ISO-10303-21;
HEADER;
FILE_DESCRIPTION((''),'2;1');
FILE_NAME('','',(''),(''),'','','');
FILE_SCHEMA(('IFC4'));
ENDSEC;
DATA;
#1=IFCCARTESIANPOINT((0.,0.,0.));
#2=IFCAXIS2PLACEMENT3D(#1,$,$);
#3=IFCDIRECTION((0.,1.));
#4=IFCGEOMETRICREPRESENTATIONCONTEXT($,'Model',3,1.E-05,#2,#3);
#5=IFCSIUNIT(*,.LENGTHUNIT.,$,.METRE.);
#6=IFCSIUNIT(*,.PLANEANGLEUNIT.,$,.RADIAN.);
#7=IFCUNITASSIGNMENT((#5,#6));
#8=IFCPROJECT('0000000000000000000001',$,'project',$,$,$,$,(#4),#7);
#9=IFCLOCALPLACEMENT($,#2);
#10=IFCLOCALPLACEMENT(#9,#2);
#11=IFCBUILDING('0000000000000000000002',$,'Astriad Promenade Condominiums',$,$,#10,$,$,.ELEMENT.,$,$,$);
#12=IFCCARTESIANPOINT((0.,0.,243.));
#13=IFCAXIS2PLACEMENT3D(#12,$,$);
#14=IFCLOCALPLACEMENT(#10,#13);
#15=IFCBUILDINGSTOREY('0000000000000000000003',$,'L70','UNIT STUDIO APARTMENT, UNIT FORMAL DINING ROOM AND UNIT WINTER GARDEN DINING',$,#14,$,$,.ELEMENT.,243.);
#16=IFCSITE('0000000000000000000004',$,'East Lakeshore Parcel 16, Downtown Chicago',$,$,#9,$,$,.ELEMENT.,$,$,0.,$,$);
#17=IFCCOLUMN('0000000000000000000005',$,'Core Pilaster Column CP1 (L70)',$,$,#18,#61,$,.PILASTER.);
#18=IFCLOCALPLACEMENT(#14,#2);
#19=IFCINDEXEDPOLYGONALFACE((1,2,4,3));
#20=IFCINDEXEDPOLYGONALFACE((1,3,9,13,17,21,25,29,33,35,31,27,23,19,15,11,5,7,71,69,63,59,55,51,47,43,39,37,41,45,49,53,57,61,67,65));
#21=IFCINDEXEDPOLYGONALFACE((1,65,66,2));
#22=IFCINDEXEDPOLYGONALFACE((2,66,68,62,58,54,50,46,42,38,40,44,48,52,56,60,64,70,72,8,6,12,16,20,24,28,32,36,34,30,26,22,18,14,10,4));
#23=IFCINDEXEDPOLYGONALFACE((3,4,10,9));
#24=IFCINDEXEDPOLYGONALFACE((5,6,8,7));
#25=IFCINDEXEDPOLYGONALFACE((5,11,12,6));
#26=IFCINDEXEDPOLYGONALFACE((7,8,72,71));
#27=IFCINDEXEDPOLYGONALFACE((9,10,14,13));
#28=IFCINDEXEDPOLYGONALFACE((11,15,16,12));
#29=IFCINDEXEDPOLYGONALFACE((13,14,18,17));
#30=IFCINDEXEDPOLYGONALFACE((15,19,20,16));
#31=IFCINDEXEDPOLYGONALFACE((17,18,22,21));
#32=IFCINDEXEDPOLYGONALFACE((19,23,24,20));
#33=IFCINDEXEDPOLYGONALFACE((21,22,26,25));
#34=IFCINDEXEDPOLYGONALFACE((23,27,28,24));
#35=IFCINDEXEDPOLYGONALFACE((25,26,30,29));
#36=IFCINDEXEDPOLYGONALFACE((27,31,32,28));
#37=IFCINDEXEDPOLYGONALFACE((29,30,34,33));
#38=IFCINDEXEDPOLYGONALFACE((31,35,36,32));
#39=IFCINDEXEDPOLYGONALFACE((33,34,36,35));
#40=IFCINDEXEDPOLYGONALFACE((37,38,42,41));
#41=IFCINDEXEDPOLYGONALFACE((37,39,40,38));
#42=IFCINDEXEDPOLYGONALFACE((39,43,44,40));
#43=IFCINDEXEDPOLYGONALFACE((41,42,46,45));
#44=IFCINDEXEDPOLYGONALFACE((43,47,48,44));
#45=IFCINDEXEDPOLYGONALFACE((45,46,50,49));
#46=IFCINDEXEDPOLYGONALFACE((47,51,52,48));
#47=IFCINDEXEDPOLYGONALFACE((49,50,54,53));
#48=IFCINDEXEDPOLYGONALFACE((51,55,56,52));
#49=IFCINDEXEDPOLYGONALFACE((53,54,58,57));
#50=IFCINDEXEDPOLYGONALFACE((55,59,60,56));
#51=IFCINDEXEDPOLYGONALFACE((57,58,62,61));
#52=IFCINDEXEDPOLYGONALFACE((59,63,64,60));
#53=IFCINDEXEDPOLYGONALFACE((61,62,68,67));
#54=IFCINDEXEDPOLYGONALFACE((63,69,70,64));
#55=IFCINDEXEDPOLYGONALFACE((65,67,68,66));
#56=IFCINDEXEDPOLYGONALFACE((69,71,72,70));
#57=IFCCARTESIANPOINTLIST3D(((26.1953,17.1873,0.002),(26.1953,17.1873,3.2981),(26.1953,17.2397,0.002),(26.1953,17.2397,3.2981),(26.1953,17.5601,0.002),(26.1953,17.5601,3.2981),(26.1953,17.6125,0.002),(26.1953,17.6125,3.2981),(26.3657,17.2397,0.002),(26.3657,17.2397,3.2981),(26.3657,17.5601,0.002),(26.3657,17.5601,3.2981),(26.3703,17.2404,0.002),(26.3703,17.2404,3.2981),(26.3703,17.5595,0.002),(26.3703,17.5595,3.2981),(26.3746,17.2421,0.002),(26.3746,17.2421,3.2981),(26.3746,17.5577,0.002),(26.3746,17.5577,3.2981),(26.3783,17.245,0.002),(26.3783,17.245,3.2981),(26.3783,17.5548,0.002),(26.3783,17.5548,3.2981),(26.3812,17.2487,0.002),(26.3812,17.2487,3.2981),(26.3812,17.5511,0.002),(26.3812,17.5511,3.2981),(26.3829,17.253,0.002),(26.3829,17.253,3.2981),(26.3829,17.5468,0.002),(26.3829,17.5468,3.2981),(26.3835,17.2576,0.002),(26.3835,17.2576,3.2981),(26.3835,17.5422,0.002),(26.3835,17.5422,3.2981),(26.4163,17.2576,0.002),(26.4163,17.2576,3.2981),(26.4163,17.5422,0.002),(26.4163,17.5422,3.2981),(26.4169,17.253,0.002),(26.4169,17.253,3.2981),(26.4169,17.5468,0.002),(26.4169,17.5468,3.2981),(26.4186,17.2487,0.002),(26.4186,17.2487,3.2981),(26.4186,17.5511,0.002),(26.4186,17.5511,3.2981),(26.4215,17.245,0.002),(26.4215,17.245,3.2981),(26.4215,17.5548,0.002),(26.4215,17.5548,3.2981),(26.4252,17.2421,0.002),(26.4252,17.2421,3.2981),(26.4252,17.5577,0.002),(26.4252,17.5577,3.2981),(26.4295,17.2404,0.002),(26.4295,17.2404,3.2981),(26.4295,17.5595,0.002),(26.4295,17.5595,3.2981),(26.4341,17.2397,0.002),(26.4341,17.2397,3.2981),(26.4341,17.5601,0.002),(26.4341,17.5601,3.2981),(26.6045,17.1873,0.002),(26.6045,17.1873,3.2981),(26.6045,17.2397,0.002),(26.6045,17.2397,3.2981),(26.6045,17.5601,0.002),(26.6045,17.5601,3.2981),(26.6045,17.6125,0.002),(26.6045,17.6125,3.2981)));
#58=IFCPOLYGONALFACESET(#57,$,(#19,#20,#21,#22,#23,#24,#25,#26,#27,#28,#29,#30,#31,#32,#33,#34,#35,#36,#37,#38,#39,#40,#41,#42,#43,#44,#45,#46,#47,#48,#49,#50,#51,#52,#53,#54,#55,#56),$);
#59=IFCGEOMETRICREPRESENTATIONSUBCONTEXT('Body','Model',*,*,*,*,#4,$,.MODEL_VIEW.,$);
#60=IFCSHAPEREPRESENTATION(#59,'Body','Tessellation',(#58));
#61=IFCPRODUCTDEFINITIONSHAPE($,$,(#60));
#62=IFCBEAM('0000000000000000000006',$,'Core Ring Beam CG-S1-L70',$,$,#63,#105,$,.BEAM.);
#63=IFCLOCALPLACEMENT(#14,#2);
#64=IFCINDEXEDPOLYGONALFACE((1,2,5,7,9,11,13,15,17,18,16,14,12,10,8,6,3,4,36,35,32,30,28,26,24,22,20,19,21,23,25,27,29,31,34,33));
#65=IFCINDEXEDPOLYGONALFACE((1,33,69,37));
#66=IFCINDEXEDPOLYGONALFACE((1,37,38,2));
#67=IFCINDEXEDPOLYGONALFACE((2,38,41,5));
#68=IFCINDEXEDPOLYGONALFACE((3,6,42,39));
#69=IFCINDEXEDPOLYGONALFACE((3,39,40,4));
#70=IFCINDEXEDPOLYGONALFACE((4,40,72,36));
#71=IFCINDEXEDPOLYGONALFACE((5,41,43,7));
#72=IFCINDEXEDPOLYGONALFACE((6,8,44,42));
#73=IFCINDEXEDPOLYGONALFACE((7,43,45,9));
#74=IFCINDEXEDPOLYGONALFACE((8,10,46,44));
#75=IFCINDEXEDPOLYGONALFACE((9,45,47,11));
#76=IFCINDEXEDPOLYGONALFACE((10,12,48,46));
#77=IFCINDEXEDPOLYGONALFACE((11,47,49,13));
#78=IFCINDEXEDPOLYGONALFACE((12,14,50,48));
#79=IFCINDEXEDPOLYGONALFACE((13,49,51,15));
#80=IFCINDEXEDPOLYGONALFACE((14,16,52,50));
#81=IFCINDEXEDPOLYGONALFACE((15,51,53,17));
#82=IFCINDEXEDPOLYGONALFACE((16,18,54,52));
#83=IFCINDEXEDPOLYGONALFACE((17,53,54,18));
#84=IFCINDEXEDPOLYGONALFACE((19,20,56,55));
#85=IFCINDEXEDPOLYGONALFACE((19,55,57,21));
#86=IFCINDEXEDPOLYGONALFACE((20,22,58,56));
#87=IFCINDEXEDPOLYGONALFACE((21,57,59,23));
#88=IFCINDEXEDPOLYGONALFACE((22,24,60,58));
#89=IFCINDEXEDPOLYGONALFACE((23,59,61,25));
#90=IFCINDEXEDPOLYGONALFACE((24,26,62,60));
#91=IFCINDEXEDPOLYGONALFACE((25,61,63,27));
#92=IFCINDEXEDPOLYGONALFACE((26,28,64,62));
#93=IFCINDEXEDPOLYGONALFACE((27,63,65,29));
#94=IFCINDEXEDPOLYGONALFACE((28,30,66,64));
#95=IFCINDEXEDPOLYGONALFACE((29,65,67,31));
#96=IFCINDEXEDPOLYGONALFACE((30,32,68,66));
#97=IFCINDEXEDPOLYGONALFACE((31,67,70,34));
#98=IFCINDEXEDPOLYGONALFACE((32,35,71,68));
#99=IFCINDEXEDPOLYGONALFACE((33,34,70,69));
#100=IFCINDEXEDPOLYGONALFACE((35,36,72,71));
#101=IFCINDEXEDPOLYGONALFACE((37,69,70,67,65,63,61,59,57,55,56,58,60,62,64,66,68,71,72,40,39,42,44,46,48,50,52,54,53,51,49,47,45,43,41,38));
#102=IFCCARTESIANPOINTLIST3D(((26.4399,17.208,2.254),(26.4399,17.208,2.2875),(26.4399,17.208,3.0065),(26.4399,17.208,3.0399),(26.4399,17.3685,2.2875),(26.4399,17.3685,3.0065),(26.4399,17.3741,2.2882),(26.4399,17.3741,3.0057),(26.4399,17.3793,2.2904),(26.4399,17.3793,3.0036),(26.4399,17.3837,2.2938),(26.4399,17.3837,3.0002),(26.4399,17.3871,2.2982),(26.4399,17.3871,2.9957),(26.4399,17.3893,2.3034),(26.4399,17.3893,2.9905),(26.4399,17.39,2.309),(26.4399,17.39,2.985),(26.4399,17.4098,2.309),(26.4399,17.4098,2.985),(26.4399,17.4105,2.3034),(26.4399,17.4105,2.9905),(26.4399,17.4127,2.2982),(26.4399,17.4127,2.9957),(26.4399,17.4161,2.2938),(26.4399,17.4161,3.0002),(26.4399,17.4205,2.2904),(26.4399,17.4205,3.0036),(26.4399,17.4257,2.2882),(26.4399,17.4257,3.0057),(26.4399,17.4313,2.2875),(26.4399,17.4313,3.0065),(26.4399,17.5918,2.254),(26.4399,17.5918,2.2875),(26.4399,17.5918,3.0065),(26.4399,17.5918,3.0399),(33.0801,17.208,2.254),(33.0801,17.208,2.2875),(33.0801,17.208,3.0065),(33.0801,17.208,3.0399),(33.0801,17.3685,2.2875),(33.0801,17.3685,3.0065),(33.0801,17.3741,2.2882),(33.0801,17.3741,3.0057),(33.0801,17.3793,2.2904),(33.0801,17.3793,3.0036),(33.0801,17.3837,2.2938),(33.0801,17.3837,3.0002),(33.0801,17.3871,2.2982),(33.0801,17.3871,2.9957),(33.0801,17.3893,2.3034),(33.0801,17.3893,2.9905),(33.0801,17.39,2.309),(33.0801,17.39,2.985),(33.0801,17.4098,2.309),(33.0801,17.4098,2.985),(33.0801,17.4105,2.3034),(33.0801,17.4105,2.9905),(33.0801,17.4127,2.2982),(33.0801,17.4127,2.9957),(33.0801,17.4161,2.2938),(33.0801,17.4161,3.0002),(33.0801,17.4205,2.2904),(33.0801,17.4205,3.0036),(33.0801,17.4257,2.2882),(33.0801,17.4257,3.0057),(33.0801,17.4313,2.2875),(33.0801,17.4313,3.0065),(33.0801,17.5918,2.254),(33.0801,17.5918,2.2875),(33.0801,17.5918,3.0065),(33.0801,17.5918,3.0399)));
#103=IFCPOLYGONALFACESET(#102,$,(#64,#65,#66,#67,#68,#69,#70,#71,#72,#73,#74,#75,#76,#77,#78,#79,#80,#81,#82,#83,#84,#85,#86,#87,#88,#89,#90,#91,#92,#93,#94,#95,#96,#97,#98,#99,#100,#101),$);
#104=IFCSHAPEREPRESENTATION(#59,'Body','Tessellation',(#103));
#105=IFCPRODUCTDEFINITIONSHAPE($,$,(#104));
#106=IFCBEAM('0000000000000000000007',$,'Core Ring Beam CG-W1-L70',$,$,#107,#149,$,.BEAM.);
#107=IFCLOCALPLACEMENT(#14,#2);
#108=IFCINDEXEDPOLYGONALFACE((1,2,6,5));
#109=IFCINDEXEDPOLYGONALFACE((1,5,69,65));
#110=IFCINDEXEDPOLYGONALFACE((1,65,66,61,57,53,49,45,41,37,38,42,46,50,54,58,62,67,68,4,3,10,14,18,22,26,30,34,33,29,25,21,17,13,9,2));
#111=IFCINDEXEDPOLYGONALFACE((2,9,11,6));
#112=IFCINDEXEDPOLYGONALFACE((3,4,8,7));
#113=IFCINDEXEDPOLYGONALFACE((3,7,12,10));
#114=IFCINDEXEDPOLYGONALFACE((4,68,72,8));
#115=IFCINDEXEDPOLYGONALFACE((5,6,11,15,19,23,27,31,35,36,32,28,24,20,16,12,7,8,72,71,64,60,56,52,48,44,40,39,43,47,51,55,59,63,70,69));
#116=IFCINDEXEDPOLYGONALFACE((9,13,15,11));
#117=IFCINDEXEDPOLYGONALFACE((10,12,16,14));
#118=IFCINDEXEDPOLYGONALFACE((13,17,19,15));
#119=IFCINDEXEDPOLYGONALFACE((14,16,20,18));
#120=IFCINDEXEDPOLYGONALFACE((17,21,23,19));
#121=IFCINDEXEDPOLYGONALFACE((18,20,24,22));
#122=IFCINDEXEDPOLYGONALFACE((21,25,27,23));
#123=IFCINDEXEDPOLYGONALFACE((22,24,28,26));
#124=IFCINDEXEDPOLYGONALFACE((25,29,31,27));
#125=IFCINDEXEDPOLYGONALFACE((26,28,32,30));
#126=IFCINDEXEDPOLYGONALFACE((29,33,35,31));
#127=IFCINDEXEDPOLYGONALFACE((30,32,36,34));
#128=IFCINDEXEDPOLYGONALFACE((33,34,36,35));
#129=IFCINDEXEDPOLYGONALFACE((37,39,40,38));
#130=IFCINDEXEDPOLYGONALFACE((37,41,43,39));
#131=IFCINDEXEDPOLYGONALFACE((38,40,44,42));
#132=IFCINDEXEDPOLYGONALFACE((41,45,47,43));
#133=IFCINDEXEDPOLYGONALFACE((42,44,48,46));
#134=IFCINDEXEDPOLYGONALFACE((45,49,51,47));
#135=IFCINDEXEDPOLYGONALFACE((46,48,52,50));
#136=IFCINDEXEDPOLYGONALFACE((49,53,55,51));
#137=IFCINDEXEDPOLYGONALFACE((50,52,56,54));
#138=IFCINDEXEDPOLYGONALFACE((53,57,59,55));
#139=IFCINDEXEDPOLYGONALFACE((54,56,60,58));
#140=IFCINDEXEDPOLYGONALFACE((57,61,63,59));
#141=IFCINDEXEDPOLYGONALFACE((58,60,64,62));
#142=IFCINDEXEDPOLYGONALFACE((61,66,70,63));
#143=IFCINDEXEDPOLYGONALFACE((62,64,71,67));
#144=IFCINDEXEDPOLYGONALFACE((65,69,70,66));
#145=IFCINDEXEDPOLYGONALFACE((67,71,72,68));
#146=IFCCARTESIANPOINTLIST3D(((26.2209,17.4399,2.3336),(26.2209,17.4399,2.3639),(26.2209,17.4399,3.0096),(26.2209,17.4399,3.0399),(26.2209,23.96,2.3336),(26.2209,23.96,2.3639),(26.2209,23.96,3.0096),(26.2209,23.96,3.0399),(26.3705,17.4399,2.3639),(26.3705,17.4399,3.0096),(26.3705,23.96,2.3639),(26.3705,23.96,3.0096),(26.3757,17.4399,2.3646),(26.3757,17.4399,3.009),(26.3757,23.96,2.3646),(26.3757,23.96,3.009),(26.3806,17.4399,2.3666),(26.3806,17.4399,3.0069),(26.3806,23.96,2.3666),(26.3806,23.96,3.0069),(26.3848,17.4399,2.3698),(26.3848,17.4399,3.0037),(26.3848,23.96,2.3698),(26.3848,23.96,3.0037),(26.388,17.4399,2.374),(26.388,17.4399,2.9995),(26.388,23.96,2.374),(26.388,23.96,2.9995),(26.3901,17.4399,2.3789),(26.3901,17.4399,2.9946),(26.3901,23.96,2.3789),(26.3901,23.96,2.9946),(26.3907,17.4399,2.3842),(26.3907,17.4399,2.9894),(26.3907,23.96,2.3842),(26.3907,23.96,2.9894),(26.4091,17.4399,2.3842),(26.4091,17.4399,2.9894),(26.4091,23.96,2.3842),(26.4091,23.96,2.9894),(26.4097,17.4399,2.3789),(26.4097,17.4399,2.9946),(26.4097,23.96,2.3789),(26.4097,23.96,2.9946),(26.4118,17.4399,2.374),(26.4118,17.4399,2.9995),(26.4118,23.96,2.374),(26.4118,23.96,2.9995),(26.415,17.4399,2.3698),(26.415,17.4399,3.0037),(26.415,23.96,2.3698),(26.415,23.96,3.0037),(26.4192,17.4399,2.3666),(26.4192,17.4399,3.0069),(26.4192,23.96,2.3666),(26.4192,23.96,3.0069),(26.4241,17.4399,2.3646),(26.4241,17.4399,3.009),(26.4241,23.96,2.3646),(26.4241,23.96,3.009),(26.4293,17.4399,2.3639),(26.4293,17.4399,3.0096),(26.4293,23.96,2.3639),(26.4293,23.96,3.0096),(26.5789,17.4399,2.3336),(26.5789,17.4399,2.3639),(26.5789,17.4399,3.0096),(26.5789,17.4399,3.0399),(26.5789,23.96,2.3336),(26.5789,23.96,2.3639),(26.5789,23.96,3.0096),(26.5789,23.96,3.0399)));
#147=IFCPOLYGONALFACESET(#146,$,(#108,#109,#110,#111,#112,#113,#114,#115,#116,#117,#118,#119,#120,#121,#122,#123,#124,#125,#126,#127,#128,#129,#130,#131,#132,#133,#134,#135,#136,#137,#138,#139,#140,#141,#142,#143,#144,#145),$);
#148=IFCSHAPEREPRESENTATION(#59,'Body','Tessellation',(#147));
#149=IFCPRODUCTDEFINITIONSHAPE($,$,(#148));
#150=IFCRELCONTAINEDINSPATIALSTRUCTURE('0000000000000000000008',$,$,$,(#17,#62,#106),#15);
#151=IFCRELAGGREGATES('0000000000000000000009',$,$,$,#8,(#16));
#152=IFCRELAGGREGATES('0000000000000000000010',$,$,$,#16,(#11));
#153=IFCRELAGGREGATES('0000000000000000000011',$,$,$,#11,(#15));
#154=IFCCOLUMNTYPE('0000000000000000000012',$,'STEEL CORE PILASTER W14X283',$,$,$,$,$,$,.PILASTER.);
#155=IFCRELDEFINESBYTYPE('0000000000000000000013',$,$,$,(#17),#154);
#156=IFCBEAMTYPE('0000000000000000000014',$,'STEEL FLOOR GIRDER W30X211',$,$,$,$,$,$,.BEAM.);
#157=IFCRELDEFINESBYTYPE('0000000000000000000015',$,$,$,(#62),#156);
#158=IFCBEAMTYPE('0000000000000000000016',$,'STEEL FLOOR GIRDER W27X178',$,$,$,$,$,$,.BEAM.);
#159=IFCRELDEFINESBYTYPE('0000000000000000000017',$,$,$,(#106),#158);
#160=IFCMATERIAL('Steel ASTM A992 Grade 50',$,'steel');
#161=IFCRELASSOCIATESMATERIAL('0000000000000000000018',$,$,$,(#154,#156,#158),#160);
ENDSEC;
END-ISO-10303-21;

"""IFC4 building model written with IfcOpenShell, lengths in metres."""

from ifc_helpers import new_model, si_unit, direction, frame, origin, origin_2d, place, context, subcontext, project, spatial, i_section, extrude, source, transform, mapped, material, material_profile, profile_set, type_object, type_shapes, element, save


model = new_model("IFC4")

# Units and contexts
model_context = context("Model", 3, precision=1e-05, world=origin(), true_north=direction((0.0, 1.0)))
body_context = subcontext(model_context, "Body", "Model", "MODEL_VIEW")
ifc_project = project(units=[si_unit("LENGTHUNIT", "METRE"), si_unit("PLANEANGLEUNIT", "RADIAN")], contexts=[model_context])

# Site, building, storey
site_placement = place(None, origin())
site = spatial("IfcSite", under=ifc_project, at=site_placement, Name="East Lakeshore Parcel 16, Downtown Chicago", CompositionType="ELEMENT", RefElevation=0.0)
building_placement = place(site_placement, origin())
building = spatial("IfcBuilding", under=site, at=building_placement, Name="Astriad Promenade Condominiums", CompositionType="ELEMENT")
storey_placement = place(building_placement, frame((0.0, 0.0, 243.0)))
storey = spatial("IfcBuildingStorey", under=building, at=storey_placement, Name="L70", Description="UNIT STUDIO APARTMENT, UNIT FORMAL DINING ROOM AND UNIT WINTER GARDEN DINING", CompositionType="ELEMENT", Elevation=243.0)

# Column
ifc_material_1 = material(Name="Steel ASTM A992 Grade 50", Category="steel")
ifc_material_profile_1 = material_profile(ifc_material_1, i_section(OverallWidth=0.4092, OverallDepth=0.4253, WebThickness=0.0327, FlangeThickness=0.0525, FilletRadius=0.0178, at=origin_2d()), Name="W14X283")
ifc_profile_set_1 = profile_set([ifc_material_profile_1], Name="Steel ASTM A992 Grade 50")
column_type = type_object("IfcColumnType", Name="STEEL CORE PILASTER W14X283", PredefinedType="PILASTER", material=ifc_profile_set_1)
shared_shape_1 = source(origin(), body_context, "Body", "SweptSolid", [
    extrude(i_section(OverallWidth=0.4092, OverallDepth=0.4253, WebThickness=0.0327, FlangeThickness=0.0525, FilletRadius=0.0178, at=origin_2d()), origin(), (0.0, 0.0, 1.0), 3.2961),
])
type_shapes(column_type, [shared_shape_1])
column_placement = place(storey_placement, frame((26.3999, 17.3999, 0.002), z_axis=(0.0, 0.0, 1.0), x_axis=(1.0, 0.0, 0.0)))
element("IfcColumn", 1, at=column_placement, inside=storey, type_object=column_type, Name="Core Pilaster Column CP1 (L70)", PredefinedType="PILASTER", context=body_context, shape_type="MappedRepresentation", body=[
    mapped(shared_shape_1, transform((0.0, 0.0, 0.0), scale=1.0)),
])

# Beams
ifc_material_profile_2 = material_profile(ifc_material_1, i_section(OverallWidth=0.3838, OverallDepth=0.7859, WebThickness=0.0198, FlangeThickness=0.0334, FilletRadius=0.0215, at=origin_2d()), Name="W30X211")
ifc_profile_set_2 = profile_set([ifc_material_profile_2], Name="Steel ASTM A992 Grade 50")
beam_type_1 = type_object("IfcBeamType", Name="STEEL FLOOR GIRDER W30X211", PredefinedType="BEAM", material=ifc_profile_set_2)
shared_shape_2 = source(origin(), body_context, "Body", "SweptSolid", [
    extrude(i_section(OverallWidth=0.3838, OverallDepth=0.7859, WebThickness=0.0198, FlangeThickness=0.0334, FilletRadius=0.0215, at=origin_2d()), origin(), (0.0, 0.0, 1.0), 6.6401),
])
type_shapes(beam_type_1, [shared_shape_2])
beam_1_placement = place(storey_placement, frame((26.4399, 17.3999, 2.647), z_axis=(1.0, 0.0, 0.0), x_axis=(0.0, 1.0, 0.0)))
element("IfcBeam", 2, at=beam_1_placement, inside=storey, type_object=beam_type_1, Name="Core Ring Beam CG-S1-L70", PredefinedType="BEAM", context=body_context, shape_type="MappedRepresentation", body=[
    mapped(shared_shape_2, transform((0.0, 0.0, 0.0), scale=1.0)),
])
ifc_material_profile_3 = material_profile(ifc_material_1, i_section(OverallWidth=0.3579, OverallDepth=0.7063, WebThickness=0.0183, FlangeThickness=0.0303, FilletRadius=0.0203, at=origin_2d()), Name="W27X178")
ifc_profile_set_3 = profile_set([ifc_material_profile_3], Name="Steel ASTM A992 Grade 50")
beam_type_2 = type_object("IfcBeamType", Name="STEEL FLOOR GIRDER W27X178", PredefinedType="BEAM", material=ifc_profile_set_3)
shared_shape_3 = source(origin(), body_context, "Body", "SweptSolid", [
    extrude(i_section(OverallWidth=0.3579, OverallDepth=0.7063, WebThickness=0.0183, FlangeThickness=0.0303, FilletRadius=0.0203, at=origin_2d()), origin(), (0.0, 0.0, 1.0), 6.52),
])
type_shapes(beam_type_2, [shared_shape_3])
beam_2_placement = place(storey_placement, frame((26.3999, 17.4399, 2.6868), z_axis=(0.0, 1.0, 0.0), x_axis=(-1.0, 0.0, 0.0)))
element("IfcBeam", 3, at=beam_2_placement, inside=storey, type_object=beam_type_2, Name="Core Ring Beam CG-W1-L70", PredefinedType="BEAM", context=body_context, shape_type="MappedRepresentation", body=[
    mapped(shared_shape_3, transform((0.0, 0.0, 0.0), scale=1.0)),
])

save(model, "model.ifc")
